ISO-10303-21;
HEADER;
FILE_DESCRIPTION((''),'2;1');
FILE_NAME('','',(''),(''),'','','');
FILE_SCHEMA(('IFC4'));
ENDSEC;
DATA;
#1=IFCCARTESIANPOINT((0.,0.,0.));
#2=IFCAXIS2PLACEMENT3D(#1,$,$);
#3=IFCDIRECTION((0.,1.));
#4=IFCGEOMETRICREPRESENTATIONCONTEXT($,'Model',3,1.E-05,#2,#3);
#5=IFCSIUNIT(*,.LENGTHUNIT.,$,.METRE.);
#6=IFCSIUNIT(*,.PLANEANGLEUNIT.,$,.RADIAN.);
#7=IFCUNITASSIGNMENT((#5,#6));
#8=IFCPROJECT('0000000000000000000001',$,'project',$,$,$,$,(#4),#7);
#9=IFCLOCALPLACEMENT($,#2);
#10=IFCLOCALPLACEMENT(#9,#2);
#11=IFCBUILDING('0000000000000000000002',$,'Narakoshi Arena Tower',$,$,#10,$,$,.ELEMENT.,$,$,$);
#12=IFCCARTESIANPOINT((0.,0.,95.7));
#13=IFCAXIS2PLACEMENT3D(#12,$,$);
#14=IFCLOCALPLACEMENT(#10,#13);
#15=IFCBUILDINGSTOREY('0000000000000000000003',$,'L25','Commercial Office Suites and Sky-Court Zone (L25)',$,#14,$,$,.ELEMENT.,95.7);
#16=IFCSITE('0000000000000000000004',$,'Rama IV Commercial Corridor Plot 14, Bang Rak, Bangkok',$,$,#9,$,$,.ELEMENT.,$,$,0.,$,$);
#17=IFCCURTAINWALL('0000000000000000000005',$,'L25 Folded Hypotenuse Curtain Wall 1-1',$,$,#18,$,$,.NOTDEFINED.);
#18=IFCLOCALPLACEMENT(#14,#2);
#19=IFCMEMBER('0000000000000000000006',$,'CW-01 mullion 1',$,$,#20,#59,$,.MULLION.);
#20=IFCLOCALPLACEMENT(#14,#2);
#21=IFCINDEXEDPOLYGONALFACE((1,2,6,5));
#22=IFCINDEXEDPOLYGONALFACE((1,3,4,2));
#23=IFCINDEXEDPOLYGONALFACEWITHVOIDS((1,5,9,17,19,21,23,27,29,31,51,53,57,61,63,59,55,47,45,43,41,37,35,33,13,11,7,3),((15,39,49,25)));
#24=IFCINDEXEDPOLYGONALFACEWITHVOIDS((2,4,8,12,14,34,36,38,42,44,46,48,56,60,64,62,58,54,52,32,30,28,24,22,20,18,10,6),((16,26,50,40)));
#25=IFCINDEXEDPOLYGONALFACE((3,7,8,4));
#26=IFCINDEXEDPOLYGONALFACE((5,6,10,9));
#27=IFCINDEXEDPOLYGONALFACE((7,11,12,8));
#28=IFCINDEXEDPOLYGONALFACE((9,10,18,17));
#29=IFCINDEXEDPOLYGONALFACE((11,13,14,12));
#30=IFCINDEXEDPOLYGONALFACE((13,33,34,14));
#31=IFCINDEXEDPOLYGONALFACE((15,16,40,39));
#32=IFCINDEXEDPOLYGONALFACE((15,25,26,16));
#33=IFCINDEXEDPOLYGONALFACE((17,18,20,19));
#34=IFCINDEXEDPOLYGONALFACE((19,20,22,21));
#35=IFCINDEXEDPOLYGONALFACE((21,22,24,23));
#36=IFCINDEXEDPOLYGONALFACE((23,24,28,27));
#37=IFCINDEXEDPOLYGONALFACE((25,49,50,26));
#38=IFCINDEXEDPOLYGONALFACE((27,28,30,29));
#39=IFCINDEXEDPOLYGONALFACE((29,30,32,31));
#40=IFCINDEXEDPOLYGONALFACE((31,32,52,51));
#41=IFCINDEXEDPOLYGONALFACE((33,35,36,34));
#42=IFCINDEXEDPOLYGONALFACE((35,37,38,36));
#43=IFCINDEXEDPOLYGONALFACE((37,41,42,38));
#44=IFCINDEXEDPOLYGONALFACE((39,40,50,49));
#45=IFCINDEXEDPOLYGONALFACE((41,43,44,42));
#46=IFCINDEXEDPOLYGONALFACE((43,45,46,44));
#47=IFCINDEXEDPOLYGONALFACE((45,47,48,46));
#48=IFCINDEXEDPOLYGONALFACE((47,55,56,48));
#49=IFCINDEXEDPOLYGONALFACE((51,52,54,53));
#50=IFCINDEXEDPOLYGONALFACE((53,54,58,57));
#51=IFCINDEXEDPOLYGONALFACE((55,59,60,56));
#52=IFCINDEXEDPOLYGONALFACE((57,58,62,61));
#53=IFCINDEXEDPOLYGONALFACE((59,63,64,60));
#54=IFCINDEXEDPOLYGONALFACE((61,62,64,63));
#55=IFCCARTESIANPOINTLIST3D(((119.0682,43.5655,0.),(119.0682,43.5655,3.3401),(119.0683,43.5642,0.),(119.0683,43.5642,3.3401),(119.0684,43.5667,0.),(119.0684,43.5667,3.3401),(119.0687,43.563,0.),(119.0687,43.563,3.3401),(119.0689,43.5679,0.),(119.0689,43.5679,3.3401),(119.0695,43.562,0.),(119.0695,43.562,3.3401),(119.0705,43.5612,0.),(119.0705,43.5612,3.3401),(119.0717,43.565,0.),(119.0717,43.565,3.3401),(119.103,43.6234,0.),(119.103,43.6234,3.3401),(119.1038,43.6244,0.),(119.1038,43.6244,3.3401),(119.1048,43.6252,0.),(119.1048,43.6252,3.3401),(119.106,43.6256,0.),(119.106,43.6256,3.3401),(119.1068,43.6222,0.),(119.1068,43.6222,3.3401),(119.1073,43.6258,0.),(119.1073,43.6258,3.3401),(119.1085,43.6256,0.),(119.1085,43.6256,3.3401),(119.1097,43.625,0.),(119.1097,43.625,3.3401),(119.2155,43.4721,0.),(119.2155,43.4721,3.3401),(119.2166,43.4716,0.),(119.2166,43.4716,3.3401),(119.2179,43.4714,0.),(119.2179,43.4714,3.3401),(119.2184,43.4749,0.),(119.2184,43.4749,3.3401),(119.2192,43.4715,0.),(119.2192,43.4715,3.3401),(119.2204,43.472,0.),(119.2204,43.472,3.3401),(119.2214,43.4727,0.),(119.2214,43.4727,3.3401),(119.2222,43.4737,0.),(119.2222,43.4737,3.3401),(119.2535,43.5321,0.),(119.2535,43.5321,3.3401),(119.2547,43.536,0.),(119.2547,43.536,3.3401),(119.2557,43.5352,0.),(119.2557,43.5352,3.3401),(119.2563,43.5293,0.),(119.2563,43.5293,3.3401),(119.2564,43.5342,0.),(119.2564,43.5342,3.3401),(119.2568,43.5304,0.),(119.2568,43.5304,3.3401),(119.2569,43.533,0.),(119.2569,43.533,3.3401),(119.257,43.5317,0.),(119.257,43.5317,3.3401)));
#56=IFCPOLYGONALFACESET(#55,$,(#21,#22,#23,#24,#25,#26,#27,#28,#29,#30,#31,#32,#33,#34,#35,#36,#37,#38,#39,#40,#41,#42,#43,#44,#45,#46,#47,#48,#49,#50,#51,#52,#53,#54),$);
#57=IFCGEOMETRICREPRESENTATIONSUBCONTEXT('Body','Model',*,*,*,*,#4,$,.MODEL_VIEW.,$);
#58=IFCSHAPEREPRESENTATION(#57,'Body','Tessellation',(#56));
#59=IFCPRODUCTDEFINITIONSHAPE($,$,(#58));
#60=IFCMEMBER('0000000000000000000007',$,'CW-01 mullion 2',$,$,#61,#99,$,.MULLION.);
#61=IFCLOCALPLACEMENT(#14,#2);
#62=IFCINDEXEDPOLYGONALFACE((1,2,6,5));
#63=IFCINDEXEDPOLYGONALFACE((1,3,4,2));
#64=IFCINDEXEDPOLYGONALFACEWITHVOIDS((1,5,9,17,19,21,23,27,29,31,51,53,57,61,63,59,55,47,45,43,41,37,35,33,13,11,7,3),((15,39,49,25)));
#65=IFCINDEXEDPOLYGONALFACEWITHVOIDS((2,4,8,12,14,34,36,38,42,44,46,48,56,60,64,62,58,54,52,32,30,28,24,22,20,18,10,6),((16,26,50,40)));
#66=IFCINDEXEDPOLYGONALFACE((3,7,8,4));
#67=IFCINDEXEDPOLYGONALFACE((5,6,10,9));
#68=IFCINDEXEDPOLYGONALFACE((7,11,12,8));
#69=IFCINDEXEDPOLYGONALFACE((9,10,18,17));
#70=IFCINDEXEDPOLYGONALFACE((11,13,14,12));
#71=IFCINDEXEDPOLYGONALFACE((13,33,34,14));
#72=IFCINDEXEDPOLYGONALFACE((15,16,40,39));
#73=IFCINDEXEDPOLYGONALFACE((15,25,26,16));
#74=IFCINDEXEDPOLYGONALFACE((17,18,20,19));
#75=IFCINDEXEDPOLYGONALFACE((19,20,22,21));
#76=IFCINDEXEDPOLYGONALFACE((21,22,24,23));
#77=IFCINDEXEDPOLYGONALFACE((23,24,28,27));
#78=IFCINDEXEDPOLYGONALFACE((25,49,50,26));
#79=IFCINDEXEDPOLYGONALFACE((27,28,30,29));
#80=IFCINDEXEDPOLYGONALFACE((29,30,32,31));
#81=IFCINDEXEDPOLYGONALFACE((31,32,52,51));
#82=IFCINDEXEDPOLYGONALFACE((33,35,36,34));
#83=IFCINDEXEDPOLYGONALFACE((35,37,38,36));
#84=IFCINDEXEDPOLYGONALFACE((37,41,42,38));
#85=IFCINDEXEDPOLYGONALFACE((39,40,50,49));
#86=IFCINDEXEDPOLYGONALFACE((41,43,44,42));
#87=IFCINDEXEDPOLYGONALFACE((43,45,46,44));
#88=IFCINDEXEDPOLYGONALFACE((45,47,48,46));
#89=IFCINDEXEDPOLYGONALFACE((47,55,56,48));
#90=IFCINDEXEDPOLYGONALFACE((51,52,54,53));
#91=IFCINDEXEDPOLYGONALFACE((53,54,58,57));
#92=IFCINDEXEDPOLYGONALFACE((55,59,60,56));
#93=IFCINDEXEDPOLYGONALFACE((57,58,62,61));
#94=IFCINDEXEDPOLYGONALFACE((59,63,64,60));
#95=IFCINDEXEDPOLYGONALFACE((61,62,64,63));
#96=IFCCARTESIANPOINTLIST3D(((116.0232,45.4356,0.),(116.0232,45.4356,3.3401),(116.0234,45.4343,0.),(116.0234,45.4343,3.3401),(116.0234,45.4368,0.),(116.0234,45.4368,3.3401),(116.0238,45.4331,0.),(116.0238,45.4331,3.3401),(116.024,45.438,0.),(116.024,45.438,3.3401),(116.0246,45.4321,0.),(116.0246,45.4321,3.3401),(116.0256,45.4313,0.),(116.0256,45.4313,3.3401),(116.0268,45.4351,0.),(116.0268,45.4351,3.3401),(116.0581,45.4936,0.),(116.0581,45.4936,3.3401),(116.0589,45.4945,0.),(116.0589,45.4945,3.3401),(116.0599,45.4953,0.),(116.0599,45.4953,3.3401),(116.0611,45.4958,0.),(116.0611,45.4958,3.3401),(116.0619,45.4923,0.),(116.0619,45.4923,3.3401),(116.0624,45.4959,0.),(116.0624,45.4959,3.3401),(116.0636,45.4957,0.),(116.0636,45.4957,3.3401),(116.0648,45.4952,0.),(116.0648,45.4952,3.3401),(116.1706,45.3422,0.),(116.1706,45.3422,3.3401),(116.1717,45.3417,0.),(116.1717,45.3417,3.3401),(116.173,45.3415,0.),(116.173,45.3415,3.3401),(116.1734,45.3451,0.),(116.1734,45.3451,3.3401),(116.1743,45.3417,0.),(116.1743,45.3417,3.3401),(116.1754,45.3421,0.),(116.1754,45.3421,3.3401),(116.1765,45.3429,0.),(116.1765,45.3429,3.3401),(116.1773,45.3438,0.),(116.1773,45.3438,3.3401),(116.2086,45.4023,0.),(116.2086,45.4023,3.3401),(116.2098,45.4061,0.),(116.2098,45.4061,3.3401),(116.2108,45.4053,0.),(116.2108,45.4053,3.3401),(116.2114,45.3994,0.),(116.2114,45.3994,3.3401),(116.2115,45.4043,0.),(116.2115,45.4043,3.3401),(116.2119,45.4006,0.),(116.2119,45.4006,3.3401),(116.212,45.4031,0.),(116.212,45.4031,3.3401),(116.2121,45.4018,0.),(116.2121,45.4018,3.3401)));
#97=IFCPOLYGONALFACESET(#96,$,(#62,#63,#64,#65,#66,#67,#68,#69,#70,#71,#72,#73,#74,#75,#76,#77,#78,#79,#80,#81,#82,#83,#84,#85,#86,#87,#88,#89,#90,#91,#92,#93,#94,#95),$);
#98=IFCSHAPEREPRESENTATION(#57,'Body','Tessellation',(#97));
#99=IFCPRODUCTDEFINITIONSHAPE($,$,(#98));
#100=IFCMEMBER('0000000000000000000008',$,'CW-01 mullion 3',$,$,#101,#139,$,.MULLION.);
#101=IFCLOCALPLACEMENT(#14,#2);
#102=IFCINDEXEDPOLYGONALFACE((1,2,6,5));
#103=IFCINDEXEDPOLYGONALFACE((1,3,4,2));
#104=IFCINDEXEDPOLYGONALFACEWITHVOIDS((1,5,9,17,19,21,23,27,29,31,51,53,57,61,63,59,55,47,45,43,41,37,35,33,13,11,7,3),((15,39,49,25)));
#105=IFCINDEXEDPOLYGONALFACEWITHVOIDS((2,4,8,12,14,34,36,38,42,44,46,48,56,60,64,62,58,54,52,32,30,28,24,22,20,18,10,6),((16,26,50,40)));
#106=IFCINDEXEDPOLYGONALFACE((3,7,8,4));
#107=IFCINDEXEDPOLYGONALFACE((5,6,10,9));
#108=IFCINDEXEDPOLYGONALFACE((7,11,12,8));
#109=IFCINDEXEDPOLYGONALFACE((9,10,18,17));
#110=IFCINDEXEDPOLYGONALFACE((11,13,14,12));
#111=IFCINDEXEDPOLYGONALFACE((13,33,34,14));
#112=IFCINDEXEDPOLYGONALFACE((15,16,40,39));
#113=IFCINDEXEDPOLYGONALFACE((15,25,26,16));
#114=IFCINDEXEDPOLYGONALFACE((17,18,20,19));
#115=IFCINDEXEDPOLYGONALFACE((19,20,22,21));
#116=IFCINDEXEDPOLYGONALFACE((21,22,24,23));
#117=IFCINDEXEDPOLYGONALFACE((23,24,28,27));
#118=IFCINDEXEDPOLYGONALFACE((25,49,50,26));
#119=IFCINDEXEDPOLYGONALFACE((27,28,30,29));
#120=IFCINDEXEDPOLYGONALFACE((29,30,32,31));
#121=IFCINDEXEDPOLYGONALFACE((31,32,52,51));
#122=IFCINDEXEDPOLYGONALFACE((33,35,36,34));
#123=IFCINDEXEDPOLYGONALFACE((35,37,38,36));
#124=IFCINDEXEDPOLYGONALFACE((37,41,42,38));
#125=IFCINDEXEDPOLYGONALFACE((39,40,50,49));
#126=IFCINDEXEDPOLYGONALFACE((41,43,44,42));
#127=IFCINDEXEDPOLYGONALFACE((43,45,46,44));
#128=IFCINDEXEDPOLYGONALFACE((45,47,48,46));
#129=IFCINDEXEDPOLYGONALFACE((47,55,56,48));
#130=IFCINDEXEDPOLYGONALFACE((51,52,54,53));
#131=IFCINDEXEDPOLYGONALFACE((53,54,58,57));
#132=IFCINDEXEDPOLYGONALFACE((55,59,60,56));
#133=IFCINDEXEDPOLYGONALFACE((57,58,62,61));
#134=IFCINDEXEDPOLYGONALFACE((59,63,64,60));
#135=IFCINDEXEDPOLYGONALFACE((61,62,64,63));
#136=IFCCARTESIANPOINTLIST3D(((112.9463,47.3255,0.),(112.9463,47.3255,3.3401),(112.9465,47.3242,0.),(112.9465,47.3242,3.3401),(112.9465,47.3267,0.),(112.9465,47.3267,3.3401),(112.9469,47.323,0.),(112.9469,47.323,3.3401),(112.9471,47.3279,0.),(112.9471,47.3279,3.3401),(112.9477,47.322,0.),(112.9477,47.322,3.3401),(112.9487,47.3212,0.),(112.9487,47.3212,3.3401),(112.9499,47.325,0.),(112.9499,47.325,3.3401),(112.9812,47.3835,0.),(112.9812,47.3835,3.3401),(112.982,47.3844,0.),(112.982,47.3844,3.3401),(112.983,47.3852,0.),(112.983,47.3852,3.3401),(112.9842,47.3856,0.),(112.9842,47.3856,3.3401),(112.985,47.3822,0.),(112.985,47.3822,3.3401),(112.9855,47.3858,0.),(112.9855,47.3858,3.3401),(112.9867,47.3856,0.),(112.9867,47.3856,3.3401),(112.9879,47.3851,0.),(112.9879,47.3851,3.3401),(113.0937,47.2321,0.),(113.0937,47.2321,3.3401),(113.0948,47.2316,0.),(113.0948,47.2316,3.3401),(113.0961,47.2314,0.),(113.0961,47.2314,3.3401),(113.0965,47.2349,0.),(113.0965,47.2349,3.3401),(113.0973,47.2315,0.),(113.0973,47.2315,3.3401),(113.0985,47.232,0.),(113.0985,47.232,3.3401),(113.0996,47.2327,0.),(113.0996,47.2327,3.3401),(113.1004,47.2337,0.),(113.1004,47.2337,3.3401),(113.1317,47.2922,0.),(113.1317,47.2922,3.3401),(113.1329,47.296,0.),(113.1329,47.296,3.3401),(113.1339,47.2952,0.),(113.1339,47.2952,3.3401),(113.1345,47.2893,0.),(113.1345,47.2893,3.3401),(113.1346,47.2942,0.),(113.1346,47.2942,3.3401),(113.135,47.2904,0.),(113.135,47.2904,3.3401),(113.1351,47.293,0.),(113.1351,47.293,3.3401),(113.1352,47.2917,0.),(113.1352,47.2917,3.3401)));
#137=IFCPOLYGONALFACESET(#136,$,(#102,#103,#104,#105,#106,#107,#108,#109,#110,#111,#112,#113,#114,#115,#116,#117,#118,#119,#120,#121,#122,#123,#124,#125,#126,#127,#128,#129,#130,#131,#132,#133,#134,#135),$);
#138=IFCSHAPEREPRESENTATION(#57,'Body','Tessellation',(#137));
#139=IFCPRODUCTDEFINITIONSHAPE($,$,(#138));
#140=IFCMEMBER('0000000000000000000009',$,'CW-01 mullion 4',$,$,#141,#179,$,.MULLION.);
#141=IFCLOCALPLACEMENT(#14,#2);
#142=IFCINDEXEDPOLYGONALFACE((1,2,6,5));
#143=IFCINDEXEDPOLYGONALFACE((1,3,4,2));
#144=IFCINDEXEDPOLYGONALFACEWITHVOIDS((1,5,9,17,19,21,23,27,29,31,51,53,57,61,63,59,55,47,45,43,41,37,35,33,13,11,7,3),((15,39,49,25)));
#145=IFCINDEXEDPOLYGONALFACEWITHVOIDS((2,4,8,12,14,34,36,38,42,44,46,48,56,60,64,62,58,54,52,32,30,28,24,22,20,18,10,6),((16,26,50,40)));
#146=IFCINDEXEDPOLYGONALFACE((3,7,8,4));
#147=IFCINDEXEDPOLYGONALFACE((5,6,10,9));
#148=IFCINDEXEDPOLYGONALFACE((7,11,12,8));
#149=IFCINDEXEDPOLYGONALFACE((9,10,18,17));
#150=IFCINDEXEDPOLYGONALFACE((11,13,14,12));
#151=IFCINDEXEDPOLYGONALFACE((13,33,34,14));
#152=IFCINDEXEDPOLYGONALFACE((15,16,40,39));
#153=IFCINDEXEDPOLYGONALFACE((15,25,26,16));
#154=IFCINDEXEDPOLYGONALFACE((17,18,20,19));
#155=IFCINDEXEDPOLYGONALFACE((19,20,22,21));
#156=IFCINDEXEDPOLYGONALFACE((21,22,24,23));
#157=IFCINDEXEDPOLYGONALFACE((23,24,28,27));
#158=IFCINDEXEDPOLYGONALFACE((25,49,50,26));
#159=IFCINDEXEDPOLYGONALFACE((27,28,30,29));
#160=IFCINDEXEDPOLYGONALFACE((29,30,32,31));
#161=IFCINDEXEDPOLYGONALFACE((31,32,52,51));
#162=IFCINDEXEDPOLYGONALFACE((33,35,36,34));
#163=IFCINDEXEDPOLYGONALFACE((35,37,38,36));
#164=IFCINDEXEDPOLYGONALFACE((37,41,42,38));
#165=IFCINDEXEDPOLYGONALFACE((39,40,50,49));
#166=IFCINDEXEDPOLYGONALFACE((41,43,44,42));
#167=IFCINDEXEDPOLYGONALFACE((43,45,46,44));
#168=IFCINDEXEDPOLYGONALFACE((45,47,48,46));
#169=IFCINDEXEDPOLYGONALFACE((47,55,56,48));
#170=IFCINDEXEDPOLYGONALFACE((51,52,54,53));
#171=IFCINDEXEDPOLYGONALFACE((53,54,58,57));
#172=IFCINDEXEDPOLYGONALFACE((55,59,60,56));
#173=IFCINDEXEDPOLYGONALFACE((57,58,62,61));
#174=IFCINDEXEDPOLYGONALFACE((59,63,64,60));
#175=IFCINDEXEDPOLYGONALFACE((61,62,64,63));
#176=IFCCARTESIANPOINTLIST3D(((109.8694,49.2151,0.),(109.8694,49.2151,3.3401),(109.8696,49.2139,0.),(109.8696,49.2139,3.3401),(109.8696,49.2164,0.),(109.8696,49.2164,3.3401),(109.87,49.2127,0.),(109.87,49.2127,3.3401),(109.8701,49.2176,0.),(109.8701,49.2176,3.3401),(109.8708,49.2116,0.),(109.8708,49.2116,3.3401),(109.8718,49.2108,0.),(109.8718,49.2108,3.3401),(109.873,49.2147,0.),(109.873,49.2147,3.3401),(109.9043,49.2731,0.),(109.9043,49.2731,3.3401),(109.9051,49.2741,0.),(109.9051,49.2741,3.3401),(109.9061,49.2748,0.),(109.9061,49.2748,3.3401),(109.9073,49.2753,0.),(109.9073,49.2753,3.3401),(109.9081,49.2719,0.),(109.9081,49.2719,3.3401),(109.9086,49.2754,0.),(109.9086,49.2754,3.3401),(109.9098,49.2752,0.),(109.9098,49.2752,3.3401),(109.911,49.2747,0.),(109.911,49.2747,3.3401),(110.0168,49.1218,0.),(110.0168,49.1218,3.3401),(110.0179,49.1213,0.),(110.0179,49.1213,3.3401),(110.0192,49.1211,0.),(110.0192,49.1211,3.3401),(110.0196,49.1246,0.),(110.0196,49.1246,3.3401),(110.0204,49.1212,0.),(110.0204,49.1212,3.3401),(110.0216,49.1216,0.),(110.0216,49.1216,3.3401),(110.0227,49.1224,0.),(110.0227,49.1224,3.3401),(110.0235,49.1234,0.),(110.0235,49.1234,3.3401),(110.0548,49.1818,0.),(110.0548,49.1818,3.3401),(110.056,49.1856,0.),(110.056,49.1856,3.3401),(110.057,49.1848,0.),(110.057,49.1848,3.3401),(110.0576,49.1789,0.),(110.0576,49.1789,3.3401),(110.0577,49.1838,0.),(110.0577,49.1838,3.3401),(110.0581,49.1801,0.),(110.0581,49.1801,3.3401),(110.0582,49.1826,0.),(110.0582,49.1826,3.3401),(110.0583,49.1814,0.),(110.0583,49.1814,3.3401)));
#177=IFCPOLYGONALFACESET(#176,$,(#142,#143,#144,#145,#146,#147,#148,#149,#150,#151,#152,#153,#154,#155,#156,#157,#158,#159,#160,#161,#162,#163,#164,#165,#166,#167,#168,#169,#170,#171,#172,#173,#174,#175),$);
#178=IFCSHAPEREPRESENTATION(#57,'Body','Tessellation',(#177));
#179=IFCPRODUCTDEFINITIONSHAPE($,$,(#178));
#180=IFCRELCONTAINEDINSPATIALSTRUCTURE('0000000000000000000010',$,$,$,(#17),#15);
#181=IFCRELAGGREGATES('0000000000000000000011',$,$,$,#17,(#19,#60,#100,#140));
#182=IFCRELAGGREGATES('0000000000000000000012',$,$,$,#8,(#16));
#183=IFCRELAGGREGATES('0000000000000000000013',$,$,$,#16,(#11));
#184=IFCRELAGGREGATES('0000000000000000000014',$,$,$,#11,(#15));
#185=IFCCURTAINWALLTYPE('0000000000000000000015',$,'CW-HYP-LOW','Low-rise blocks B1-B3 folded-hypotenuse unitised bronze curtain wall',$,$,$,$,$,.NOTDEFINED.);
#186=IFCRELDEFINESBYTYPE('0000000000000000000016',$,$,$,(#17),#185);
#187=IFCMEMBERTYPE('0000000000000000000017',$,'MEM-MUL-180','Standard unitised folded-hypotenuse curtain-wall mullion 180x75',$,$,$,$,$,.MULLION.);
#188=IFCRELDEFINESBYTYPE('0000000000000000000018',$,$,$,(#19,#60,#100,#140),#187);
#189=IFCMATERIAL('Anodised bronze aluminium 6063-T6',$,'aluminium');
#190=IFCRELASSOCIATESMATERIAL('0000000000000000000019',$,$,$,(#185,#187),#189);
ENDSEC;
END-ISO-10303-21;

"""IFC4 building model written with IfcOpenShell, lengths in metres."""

from ifc_helpers import new_model, si_unit, direction, frame, origin, origin_2d, place, context, subcontext, project, spatial, hollow_rectangle, extrude, material, material_profile, profile_set, type_object, element, aggregate, save


model = new_model("IFC4")

# Units and contexts
model_context = context("Model", 3, precision=1e-05, world=origin(), true_north=direction((0.0, 1.0)))
body_context = subcontext(model_context, "Body", "Model", "MODEL_VIEW")
ifc_project = project(units=[si_unit("LENGTHUNIT", "METRE"), si_unit("PLANEANGLEUNIT", "RADIAN")], contexts=[model_context])

# Site, building, storey
site_placement = place(None, origin())
site = spatial("IfcSite", under=ifc_project, at=site_placement, Name="Rama IV Commercial Corridor Plot 14, Bang Rak, Bangkok", CompositionType="ELEMENT", RefElevation=0.0)
building_placement = place(site_placement, origin())
building = spatial("IfcBuilding", under=site, at=building_placement, Name="Narakoshi Arena Tower", CompositionType="ELEMENT")
storey_placement = place(building_placement, frame((0.0, 0.0, 95.7)))
storey = spatial("IfcBuildingStorey", under=building, at=storey_placement, Name="L25", Description="Commercial Office Suites and Sky-Court Zone (L25)", CompositionType="ELEMENT", Elevation=95.7)

# Curtain wall, members
ifc_material_1 = material(Name="Anodised bronze aluminium 6063-T6", Category="aluminium")
curtain_wall_type = type_object("IfcCurtainWallType", Name="CW-HYP-LOW", Description="Low-rise blocks B1-B3 folded-hypotenuse unitised bronze curtain wall", PredefinedType="NOTDEFINED", material=ifc_material_1)
curtain_wall_placement = place(storey_placement, origin())
curtain_wall = element("IfcCurtainWall", 1, at=curtain_wall_placement, inside=storey, type_object=curtain_wall_type, Name="L25 Folded Hypotenuse Curtain Wall 1-1", PredefinedType="NOTDEFINED")
ifc_material_profile_1 = material_profile(ifc_material_1, hollow_rectangle(XDim=0.075, YDim=0.1799, WallThickness=0.0039, OuterFilletRadius=0.0049, at=origin_2d()), Name="MUL180x75x4")
ifc_profile_set_1 = profile_set([ifc_material_profile_1], Name="Anodised bronze aluminium 6063-T6")
member_type_1 = type_object("IfcMemberType", Name="MEM-MUL-180", Description="Standard unitised folded-hypotenuse curtain-wall mullion 180x75", PredefinedType="MULLION", material=ifc_profile_set_1)
member_1_placement = place(storey_placement, frame((119.1626, 43.5486, 0.0), z_axis=(0.0, 0.0, 1.0), x_axis=(-0.523358, -0.852113, 0.0)))
member_1 = element("IfcMember", 2, at=member_1_placement, type_object=member_type_1, Name="CW-01 mullion 1", PredefinedType="MULLION", context=body_context, shape_type="SweptSolid", body=[
    extrude(hollow_rectangle(XDim=0.075, YDim=0.1799, WallThickness=0.0039, OuterFilletRadius=0.0049, at=origin_2d()), origin(), (0.0, 0.0, 1.0), 3.3401),
])
member_2_placement = place(storey_placement, frame((116.1177, 45.4187, 0.0), z_axis=(0.0, 0.0, 1.0), x_axis=(-0.523358, -0.852113, 0.0)))
member_2 = element("IfcMember", 3, at=member_2_placement, type_object=member_type_1, Name="CW-01 mullion 2", PredefinedType="MULLION", context=body_context, shape_type="SweptSolid", body=[
    extrude(hollow_rectangle(XDim=0.075, YDim=0.1799, WallThickness=0.0039, OuterFilletRadius=0.0049, at=origin_2d()), origin(), (0.0, 0.0, 1.0), 3.3401),
])
member_3_placement = place(storey_placement, frame((113.0408, 47.3086, 0.0), z_axis=(0.0, 0.0, 1.0), x_axis=(-0.523358, -0.852113, 0.0)))
member_3 = element("IfcMember", 4, at=member_3_placement, type_object=member_type_1, Name="CW-01 mullion 3", PredefinedType="MULLION", context=body_context, shape_type="SweptSolid", body=[
    extrude(hollow_rectangle(XDim=0.075, YDim=0.1799, WallThickness=0.0039, OuterFilletRadius=0.0049, at=origin_2d()), origin(), (0.0, 0.0, 1.0), 3.3401),
])
member_4_placement = place(storey_placement, frame((109.9639, 49.1982, 0.0), z_axis=(0.0, 0.0, 1.0), x_axis=(-0.523358, -0.852113, 0.0)))
member_4 = element("IfcMember", 5, at=member_4_placement, type_object=member_type_1, Name="CW-01 mullion 4", PredefinedType="MULLION", context=body_context, shape_type="SweptSolid", body=[
    extrude(hollow_rectangle(XDim=0.075, YDim=0.1799, WallThickness=0.0039, OuterFilletRadius=0.0049, at=origin_2d()), origin(), (0.0, 0.0, 1.0), 3.3401),
])
aggregate(curtain_wall, [member_1, member_2, member_3, member_4])

save(model, "model.ifc")
